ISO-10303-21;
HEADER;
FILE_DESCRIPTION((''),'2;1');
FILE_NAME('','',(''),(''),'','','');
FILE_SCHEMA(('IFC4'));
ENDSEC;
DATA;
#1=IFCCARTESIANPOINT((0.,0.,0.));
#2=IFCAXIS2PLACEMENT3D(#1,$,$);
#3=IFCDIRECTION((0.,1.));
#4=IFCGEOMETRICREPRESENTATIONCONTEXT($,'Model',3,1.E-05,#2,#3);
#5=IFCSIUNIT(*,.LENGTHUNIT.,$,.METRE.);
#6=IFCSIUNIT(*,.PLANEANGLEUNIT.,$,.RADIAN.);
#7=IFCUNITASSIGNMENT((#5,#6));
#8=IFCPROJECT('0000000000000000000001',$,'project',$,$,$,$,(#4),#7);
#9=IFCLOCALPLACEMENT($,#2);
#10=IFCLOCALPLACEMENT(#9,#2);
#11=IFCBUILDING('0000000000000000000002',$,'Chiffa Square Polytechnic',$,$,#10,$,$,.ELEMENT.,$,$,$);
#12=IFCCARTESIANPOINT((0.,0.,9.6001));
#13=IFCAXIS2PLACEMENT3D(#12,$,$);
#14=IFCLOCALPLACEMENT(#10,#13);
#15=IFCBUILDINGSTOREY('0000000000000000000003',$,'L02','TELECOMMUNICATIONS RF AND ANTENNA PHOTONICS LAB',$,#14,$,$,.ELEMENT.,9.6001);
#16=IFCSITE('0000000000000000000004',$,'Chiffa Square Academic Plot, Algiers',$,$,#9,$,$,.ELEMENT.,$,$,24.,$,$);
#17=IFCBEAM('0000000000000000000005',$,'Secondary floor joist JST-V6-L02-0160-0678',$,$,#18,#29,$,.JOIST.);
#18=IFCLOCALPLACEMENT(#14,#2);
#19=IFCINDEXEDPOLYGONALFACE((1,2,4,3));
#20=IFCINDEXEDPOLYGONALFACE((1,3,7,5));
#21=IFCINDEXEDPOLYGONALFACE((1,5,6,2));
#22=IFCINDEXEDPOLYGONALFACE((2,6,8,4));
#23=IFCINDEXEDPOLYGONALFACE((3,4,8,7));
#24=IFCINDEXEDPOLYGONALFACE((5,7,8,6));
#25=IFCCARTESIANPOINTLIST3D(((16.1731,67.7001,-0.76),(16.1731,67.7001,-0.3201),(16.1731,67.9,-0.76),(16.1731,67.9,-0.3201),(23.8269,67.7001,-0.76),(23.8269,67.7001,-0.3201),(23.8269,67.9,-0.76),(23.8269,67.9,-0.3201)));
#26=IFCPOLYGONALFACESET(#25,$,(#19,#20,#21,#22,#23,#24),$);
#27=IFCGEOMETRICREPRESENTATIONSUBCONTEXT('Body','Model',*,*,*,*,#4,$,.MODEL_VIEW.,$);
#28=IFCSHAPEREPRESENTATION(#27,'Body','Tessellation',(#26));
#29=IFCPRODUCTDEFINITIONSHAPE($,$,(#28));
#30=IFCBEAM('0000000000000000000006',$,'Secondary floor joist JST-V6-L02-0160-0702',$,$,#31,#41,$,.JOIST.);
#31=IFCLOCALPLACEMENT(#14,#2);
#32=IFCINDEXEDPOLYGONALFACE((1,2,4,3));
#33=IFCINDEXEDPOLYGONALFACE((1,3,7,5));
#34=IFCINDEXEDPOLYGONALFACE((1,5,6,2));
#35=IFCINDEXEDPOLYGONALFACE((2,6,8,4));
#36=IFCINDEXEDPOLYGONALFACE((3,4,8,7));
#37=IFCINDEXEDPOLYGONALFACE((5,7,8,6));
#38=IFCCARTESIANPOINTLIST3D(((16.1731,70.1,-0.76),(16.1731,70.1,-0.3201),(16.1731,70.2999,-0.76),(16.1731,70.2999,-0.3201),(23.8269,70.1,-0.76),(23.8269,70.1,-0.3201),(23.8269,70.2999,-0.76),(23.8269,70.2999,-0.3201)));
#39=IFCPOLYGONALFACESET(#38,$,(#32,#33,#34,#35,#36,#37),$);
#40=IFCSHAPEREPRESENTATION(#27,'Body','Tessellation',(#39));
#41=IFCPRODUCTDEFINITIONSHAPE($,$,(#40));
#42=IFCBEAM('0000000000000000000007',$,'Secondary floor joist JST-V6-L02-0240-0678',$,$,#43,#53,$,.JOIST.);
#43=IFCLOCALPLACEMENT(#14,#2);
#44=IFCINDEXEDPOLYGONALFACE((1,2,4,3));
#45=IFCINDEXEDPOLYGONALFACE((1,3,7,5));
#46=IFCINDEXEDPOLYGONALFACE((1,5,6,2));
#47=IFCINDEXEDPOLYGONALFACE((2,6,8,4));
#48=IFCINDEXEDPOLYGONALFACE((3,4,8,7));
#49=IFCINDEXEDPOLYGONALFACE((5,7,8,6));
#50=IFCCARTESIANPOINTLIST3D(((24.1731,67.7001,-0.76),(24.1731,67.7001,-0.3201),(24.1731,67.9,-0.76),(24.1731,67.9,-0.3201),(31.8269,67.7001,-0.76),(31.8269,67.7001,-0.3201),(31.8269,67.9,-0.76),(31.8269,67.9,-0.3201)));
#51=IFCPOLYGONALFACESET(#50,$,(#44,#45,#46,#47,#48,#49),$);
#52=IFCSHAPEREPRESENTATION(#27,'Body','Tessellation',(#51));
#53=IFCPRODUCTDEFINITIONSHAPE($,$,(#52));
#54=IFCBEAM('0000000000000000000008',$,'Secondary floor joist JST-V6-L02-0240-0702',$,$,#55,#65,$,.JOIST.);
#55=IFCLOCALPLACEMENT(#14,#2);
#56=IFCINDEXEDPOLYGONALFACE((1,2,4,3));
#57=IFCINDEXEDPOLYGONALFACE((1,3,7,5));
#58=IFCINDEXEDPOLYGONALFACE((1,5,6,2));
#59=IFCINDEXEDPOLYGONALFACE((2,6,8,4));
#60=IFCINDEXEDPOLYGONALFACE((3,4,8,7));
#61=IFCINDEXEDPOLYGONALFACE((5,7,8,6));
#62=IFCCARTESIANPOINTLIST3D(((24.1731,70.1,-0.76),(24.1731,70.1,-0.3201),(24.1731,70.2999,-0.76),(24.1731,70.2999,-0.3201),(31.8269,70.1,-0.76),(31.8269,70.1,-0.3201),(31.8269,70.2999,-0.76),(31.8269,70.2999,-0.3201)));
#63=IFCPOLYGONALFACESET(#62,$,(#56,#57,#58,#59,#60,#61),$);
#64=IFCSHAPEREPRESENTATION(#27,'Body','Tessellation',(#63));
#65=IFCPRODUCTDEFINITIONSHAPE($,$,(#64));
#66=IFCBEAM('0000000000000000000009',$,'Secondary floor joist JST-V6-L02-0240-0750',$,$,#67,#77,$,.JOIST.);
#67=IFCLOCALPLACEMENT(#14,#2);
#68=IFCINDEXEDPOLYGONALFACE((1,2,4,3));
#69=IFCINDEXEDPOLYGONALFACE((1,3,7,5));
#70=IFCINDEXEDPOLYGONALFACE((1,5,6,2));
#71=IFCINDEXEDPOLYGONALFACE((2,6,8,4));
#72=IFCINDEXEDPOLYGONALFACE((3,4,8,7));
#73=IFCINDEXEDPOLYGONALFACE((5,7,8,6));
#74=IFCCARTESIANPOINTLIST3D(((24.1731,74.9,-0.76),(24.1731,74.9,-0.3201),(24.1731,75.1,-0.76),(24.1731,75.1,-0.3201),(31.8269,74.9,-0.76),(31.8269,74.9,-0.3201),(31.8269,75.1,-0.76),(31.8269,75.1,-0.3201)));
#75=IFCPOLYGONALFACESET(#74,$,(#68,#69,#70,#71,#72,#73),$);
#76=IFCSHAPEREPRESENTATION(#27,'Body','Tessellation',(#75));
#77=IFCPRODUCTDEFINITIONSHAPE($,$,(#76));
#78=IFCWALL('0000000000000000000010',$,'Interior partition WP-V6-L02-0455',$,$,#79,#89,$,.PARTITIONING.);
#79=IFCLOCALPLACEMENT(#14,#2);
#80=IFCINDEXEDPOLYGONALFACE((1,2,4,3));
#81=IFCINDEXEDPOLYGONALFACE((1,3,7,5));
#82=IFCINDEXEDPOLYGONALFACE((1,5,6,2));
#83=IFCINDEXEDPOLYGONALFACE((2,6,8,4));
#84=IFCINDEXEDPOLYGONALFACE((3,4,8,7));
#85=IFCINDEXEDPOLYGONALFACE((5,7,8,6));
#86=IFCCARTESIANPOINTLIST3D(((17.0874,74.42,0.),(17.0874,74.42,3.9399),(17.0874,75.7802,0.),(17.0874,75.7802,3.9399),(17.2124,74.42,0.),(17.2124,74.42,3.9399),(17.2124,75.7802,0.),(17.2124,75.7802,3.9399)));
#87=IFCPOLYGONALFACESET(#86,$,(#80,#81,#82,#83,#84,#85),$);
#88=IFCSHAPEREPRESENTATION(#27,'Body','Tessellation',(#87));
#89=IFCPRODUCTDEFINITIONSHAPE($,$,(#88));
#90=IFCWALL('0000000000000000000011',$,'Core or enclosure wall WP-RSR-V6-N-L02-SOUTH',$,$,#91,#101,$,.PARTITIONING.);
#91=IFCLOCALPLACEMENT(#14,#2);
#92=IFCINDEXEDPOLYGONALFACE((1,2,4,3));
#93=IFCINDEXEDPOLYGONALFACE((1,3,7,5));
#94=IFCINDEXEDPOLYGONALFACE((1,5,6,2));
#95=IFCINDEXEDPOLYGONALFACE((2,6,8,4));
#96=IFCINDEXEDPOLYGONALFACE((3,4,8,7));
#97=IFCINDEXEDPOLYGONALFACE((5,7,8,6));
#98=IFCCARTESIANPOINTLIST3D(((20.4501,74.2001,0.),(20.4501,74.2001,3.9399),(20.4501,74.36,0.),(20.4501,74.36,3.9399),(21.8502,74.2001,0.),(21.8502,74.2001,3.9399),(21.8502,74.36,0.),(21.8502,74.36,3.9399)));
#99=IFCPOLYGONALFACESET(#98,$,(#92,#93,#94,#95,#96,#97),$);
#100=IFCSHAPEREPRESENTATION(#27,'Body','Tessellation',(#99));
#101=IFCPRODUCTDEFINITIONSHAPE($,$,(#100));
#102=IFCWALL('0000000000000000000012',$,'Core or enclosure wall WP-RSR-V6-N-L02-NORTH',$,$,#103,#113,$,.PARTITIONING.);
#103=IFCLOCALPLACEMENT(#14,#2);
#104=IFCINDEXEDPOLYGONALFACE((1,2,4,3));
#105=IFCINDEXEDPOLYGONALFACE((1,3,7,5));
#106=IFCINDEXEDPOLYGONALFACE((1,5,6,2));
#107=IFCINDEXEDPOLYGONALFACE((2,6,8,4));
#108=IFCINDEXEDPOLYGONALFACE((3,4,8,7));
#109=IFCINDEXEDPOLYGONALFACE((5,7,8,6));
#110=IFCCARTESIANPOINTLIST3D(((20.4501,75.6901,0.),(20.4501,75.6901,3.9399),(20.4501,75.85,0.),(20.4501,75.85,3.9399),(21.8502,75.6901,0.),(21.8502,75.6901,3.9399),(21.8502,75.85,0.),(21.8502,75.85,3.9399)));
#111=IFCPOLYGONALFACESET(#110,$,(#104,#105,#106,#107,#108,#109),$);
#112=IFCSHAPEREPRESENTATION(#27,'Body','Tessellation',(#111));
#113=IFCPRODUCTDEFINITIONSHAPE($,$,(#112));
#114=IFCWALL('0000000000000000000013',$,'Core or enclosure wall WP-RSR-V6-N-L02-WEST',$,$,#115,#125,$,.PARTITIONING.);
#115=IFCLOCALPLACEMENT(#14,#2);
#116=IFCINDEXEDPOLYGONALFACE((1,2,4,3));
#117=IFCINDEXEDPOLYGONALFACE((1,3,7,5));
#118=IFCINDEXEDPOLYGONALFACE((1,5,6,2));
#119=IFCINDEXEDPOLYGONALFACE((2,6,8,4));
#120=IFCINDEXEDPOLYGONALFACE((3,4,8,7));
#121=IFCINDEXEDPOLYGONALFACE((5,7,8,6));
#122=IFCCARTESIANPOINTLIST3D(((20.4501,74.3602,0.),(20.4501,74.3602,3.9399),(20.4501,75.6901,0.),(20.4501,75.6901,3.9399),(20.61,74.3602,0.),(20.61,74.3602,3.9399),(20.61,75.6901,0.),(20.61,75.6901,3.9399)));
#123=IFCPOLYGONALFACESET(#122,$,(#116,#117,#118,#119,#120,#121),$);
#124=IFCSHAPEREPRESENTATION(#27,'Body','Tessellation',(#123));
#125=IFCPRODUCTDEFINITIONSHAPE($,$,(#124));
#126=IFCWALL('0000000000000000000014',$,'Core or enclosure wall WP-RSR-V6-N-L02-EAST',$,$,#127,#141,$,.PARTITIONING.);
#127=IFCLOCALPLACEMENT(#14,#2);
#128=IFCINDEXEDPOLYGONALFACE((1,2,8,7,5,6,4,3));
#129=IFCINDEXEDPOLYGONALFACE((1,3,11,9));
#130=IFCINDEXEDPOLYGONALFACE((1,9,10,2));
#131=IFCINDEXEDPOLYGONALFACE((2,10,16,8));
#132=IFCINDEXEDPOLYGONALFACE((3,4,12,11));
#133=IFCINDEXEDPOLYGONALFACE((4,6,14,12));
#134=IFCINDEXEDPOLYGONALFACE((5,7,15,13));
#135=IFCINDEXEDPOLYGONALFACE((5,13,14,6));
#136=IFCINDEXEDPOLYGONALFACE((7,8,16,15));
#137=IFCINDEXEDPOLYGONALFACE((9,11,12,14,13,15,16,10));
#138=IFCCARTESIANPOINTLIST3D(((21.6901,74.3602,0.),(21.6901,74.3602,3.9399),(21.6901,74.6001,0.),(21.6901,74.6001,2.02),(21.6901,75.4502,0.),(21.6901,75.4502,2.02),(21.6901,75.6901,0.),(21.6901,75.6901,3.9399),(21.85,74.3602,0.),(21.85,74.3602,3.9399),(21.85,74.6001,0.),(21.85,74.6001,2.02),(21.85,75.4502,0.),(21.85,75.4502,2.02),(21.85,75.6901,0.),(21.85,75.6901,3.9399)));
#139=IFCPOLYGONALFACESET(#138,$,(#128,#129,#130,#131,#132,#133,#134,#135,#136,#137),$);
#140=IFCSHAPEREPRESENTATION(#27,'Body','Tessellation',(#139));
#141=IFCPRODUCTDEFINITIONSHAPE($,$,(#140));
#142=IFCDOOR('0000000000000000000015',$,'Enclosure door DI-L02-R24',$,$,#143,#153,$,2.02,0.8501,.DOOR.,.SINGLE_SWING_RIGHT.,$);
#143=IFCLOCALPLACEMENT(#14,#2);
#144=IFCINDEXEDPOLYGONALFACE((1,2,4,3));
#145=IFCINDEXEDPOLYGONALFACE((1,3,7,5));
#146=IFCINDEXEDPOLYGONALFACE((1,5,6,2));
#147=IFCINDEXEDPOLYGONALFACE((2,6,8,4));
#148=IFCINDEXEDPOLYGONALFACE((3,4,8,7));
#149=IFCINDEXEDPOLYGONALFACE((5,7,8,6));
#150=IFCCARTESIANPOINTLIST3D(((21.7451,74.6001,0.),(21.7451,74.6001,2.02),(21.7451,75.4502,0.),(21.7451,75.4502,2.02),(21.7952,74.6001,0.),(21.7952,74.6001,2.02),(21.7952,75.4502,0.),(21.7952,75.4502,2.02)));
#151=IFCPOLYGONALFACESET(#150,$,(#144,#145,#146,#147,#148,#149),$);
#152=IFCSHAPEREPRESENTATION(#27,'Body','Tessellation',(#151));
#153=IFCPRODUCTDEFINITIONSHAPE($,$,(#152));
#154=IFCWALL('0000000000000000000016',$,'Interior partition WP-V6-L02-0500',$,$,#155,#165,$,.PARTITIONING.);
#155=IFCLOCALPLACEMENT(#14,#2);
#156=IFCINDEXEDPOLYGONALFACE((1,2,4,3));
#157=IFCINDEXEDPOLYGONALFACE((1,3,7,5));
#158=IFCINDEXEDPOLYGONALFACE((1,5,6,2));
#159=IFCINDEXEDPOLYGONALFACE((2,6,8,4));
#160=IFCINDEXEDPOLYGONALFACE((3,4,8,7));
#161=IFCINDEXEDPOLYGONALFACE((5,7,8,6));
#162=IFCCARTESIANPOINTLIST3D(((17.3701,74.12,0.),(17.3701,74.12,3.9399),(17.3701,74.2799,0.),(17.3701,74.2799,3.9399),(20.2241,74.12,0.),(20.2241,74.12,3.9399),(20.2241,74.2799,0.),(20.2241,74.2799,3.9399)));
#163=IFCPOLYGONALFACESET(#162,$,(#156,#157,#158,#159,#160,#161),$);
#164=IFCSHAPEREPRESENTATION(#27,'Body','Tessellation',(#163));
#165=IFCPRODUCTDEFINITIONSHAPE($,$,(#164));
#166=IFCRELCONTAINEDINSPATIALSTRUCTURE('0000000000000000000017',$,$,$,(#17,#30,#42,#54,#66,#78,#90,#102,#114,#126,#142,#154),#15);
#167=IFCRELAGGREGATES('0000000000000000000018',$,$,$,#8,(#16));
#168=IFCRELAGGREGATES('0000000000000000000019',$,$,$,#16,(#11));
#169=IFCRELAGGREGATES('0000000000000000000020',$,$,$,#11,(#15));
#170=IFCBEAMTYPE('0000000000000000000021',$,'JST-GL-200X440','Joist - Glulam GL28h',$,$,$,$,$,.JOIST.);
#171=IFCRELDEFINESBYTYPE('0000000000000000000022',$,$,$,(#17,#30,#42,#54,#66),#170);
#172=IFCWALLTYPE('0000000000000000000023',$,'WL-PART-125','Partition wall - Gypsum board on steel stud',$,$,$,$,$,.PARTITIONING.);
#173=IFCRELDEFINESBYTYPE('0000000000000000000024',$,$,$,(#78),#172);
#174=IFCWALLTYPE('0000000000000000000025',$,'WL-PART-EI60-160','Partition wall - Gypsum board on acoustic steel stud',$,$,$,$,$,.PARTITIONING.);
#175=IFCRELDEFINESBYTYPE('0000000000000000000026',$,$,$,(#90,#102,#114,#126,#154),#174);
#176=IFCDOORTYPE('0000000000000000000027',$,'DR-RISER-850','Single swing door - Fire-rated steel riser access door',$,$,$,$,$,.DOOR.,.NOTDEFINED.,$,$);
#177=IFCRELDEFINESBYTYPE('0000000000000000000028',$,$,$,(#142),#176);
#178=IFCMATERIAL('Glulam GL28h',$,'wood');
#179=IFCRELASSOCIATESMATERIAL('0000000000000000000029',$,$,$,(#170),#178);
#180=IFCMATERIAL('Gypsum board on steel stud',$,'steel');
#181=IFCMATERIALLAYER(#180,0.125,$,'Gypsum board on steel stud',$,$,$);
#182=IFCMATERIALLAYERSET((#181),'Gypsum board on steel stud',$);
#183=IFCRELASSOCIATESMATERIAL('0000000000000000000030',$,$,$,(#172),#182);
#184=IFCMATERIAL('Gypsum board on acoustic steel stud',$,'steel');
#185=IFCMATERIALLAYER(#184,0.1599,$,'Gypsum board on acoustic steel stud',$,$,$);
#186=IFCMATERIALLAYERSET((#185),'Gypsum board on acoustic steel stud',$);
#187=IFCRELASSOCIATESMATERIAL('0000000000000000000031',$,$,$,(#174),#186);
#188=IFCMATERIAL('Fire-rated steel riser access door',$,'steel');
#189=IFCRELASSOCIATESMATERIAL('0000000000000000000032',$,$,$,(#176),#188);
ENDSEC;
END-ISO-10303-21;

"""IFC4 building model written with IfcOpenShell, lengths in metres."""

from ifc_helpers import new_model, si_unit, direction, frame, frame_2d, origin, origin_2d, place, context, subcontext, project, spatial, rectangle, extrude, material, layer, layer_set, material_profile, profile_set, type_object, element, fill, save


model = new_model("IFC4")

# Units and contexts
model_context = context("Model", 3, precision=1e-05, world=origin(), true_north=direction((0.0, 1.0)))
body_context = subcontext(model_context, "Body", "Model", "MODEL_VIEW")
ifc_project = project(units=[si_unit("LENGTHUNIT", "METRE"), si_unit("PLANEANGLEUNIT", "RADIAN")], contexts=[model_context])

# Site, building, storey
site_placement = place(None, origin())
site = spatial("IfcSite", under=ifc_project, at=site_placement, Name="Chiffa Square Academic Plot, Algiers", CompositionType="ELEMENT", RefElevation=24.0)
building_placement = place(site_placement, origin())
building = spatial("IfcBuilding", under=site, at=building_placement, Name="Chiffa Square Polytechnic", CompositionType="ELEMENT")
storey_placement = place(building_placement, frame((0.0, 0.0, 9.6001)))
storey = spatial("IfcBuildingStorey", under=building, at=storey_placement, Name="L02", Description="TELECOMMUNICATIONS RF AND ANTENNA PHOTONICS LAB", CompositionType="ELEMENT", Elevation=9.6001)

# Beams
ifc_material_1 = material(Name="Glulam GL28h", Category="wood")
ifc_material_profile_1 = material_profile(ifc_material_1, rectangle(XDim=0.2, YDim=0.4399, at=origin_2d()), Name="GL28h 200x440")
ifc_profile_set_1 = profile_set([ifc_material_profile_1], Name="Glulam GL28h")
beam_type_1 = type_object("IfcBeamType", Name="JST-GL-200X440", Description="Joist - Glulam GL28h", PredefinedType="JOIST", material=ifc_profile_set_1)
for number, where, z_axis, x_axis, name in (
    (1, (16.1731, 67.8, -0.54), (1.0, 0.0, 0.0), (0.0, 1.0, 0.0), "Secondary floor joist JST-V6-L02-0160-0678"),
    (2, (16.1731, 70.2, -0.54), (1.0, 0.0, 0.0), (0.0, 1.0, 0.0), "Secondary floor joist JST-V6-L02-0160-0702"),
    (3, (24.1731, 67.8, -0.54), (1.0, 0.0, 0.0), (0.0, 1.0, 0.0), "Secondary floor joist JST-V6-L02-0240-0678"),
    (4, (24.1731, 70.2, -0.54), (1.0, 0.0, 0.0), (0.0, 1.0, 0.0), "Secondary floor joist JST-V6-L02-0240-0702"),
    (5, (24.1731, 75.0, -0.54), (1.0, 0.0, 0.0), (0.0, 1.0, 0.0), "Secondary floor joist JST-V6-L02-0240-0750"),
):
    element("IfcBeam", number, at=place(storey_placement, frame(where, z_axis=z_axis, x_axis=x_axis)), inside=storey, type_object=beam_type_1, Name=name, PredefinedType="JOIST", context=body_context, shape_type="SweptSolid", body=[
        extrude(rectangle(XDim=0.2, YDim=0.4399, at=origin_2d()), origin(), (0.0, 0.0, 1.0), 7.6538),
    ])

# Walls
ifc_material_2 = material(Name="Gypsum board on steel stud", Category="steel")
ifc_layer_1 = layer(ifc_material_2, 0.125, Name="Gypsum board on steel stud")
ifc_layer_set_1 = layer_set([ifc_layer_1], Name="Gypsum board on steel stud")
wall_type_1 = type_object("IfcWallType", Name="WL-PART-125", Description="Partition wall - Gypsum board on steel stud", PredefinedType="PARTITIONING", material=ifc_layer_set_1)
wall_1_placement = place(storey_placement, frame((17.1499, 74.4199, 0.0), z_axis=(0.0, 0.0, 1.0), x_axis=(0.0, 1.0, 0.0)))
element("IfcWall", 6, at=wall_1_placement, inside=storey, type_object=wall_type_1, Name="Interior partition WP-V6-L02-0455", PredefinedType="PARTITIONING", context=body_context, shape_type="SweptSolid", body=[
    extrude(rectangle(XDim=1.3601, YDim=0.125, at=frame_2d((0.6802, 0.0))), origin(), (0.0, 0.0, 1.0), 3.9399),
])
ifc_material_3 = material(Name="Gypsum board on acoustic steel stud", Category="steel")
ifc_layer_2 = layer(ifc_material_3, 0.1599, Name="Gypsum board on acoustic steel stud")
ifc_layer_set_2 = layer_set([ifc_layer_2], Name="Gypsum board on acoustic steel stud")
wall_type_2 = type_object("IfcWallType", Name="WL-PART-EI60-160", Description="Partition wall - Gypsum board on acoustic steel stud", PredefinedType="PARTITIONING", material=ifc_layer_set_2)
for number, where, z_axis, x_axis, name in (
    (7, (20.45, 74.28, 0.0), (0.0, 0.0, 1.0), (1.0, 0.0, 0.0), "Core or enclosure wall WP-RSR-V6-N-L02-SOUTH"),
    (8, (20.45, 75.77, 0.0), (0.0, 0.0, 1.0), (1.0, 0.0, 0.0), "Core or enclosure wall WP-RSR-V6-N-L02-NORTH"),
):
    element("IfcWall", number, at=place(storey_placement, frame(where, z_axis=z_axis, x_axis=x_axis)), inside=storey, type_object=wall_type_2, Name=name, PredefinedType="PARTITIONING", context=body_context, shape_type="SweptSolid", body=[
        extrude(rectangle(XDim=1.4001, YDim=0.1599, at=frame_2d((0.7002, 0.0))), origin(), (0.0, 0.0, 1.0), 3.9399),
    ])
wall_2_placement = place(storey_placement, frame((20.53, 74.3601, 0.0), z_axis=(0.0, 0.0, 1.0), x_axis=(0.0, 1.0, 0.0)))
element("IfcWall", 9, at=wall_2_placement, inside=storey, type_object=wall_type_2, Name="Core or enclosure wall WP-RSR-V6-N-L02-WEST", PredefinedType="PARTITIONING", context=body_context, shape_type="SweptSolid", body=[
    extrude(rectangle(XDim=1.3298, YDim=0.1599, at=frame_2d((0.665, 0.0))), origin(), (0.0, 0.0, 1.0), 3.9399),
])

# Wall, opening, door
wall_3_placement = place(storey_placement, frame((21.77, 74.3601, 0.0), z_axis=(0.0, 0.0, 1.0), x_axis=(0.0, 1.0, 0.0)))
wall_3 = element("IfcWall", 10, at=wall_3_placement, inside=storey, type_object=wall_type_2, Name="Core or enclosure wall WP-RSR-V6-N-L02-EAST", PredefinedType="PARTITIONING", context=body_context, shape_type="SweptSolid", body=[
    extrude(rectangle(XDim=1.3298, YDim=0.1599, at=frame_2d((0.665, 0.0))), origin(), (0.0, 0.0, 1.0), 3.9399),
])
opening_placement = place(wall_3_placement, frame((0.24, 0.0, 0.0)))
opening = element("IfcOpeningElement", 11, at=opening_placement, cuts=wall_3, PredefinedType="OPENING", context=body_context, shape_type="SweptSolid", body=[
    extrude(rectangle(XDim=0.8501, YDim=2.02, at=frame_2d((0.425, 1.01))), frame((0.0, 0.0898, 0.0), z_axis=(0.0, -1.0, 0.0), x_axis=(1.0, 0.0, 0.0)), (0.0, 0.0, 1.0), 0.1799),
])
ifc_material_4 = material(Name="Fire-rated steel riser access door", Category="steel")
door_type = type_object("IfcDoorType", Name="DR-RISER-850", Description="Single swing door - Fire-rated steel riser access door", OperationType="NOTDEFINED", PredefinedType="DOOR", material=ifc_material_4)
door_placement = place(opening_placement, origin())
door = element("IfcDoor", 12, at=door_placement, inside=storey, type_object=door_type, Name="Enclosure door DI-L02-R24", OperationType="SINGLE_SWING_RIGHT", OverallHeight=2.02, OverallWidth=0.8501, PredefinedType="DOOR", context=body_context, shape_type="SweptSolid", body=[
    extrude(rectangle(XDim=0.8501, YDim=2.02, at=frame_2d((0.425, 1.01))), frame((0.0, 0.0249, 0.0), z_axis=(0.0, -1.0, 0.0), x_axis=(1.0, 0.0, 0.0)), (0.0, 0.0, 1.0), 0.05),
])
fill(opening, door)

# Wall
wall_4_placement = place(storey_placement, frame((17.3701, 74.2, 0.0), z_axis=(0.0, 0.0, 1.0), x_axis=(1.0, 0.0, 0.0)))
element("IfcWall", 13, at=wall_4_placement, inside=storey, type_object=wall_type_2, Name="Interior partition WP-V6-L02-0500", PredefinedType="PARTITIONING", context=body_context, shape_type="SweptSolid", body=[
    extrude(rectangle(XDim=2.854, YDim=0.1599, at=frame_2d((1.427, 0.0))), origin(), (0.0, 0.0, 1.0), 3.9399),
])

save(model, "model.ifc")
